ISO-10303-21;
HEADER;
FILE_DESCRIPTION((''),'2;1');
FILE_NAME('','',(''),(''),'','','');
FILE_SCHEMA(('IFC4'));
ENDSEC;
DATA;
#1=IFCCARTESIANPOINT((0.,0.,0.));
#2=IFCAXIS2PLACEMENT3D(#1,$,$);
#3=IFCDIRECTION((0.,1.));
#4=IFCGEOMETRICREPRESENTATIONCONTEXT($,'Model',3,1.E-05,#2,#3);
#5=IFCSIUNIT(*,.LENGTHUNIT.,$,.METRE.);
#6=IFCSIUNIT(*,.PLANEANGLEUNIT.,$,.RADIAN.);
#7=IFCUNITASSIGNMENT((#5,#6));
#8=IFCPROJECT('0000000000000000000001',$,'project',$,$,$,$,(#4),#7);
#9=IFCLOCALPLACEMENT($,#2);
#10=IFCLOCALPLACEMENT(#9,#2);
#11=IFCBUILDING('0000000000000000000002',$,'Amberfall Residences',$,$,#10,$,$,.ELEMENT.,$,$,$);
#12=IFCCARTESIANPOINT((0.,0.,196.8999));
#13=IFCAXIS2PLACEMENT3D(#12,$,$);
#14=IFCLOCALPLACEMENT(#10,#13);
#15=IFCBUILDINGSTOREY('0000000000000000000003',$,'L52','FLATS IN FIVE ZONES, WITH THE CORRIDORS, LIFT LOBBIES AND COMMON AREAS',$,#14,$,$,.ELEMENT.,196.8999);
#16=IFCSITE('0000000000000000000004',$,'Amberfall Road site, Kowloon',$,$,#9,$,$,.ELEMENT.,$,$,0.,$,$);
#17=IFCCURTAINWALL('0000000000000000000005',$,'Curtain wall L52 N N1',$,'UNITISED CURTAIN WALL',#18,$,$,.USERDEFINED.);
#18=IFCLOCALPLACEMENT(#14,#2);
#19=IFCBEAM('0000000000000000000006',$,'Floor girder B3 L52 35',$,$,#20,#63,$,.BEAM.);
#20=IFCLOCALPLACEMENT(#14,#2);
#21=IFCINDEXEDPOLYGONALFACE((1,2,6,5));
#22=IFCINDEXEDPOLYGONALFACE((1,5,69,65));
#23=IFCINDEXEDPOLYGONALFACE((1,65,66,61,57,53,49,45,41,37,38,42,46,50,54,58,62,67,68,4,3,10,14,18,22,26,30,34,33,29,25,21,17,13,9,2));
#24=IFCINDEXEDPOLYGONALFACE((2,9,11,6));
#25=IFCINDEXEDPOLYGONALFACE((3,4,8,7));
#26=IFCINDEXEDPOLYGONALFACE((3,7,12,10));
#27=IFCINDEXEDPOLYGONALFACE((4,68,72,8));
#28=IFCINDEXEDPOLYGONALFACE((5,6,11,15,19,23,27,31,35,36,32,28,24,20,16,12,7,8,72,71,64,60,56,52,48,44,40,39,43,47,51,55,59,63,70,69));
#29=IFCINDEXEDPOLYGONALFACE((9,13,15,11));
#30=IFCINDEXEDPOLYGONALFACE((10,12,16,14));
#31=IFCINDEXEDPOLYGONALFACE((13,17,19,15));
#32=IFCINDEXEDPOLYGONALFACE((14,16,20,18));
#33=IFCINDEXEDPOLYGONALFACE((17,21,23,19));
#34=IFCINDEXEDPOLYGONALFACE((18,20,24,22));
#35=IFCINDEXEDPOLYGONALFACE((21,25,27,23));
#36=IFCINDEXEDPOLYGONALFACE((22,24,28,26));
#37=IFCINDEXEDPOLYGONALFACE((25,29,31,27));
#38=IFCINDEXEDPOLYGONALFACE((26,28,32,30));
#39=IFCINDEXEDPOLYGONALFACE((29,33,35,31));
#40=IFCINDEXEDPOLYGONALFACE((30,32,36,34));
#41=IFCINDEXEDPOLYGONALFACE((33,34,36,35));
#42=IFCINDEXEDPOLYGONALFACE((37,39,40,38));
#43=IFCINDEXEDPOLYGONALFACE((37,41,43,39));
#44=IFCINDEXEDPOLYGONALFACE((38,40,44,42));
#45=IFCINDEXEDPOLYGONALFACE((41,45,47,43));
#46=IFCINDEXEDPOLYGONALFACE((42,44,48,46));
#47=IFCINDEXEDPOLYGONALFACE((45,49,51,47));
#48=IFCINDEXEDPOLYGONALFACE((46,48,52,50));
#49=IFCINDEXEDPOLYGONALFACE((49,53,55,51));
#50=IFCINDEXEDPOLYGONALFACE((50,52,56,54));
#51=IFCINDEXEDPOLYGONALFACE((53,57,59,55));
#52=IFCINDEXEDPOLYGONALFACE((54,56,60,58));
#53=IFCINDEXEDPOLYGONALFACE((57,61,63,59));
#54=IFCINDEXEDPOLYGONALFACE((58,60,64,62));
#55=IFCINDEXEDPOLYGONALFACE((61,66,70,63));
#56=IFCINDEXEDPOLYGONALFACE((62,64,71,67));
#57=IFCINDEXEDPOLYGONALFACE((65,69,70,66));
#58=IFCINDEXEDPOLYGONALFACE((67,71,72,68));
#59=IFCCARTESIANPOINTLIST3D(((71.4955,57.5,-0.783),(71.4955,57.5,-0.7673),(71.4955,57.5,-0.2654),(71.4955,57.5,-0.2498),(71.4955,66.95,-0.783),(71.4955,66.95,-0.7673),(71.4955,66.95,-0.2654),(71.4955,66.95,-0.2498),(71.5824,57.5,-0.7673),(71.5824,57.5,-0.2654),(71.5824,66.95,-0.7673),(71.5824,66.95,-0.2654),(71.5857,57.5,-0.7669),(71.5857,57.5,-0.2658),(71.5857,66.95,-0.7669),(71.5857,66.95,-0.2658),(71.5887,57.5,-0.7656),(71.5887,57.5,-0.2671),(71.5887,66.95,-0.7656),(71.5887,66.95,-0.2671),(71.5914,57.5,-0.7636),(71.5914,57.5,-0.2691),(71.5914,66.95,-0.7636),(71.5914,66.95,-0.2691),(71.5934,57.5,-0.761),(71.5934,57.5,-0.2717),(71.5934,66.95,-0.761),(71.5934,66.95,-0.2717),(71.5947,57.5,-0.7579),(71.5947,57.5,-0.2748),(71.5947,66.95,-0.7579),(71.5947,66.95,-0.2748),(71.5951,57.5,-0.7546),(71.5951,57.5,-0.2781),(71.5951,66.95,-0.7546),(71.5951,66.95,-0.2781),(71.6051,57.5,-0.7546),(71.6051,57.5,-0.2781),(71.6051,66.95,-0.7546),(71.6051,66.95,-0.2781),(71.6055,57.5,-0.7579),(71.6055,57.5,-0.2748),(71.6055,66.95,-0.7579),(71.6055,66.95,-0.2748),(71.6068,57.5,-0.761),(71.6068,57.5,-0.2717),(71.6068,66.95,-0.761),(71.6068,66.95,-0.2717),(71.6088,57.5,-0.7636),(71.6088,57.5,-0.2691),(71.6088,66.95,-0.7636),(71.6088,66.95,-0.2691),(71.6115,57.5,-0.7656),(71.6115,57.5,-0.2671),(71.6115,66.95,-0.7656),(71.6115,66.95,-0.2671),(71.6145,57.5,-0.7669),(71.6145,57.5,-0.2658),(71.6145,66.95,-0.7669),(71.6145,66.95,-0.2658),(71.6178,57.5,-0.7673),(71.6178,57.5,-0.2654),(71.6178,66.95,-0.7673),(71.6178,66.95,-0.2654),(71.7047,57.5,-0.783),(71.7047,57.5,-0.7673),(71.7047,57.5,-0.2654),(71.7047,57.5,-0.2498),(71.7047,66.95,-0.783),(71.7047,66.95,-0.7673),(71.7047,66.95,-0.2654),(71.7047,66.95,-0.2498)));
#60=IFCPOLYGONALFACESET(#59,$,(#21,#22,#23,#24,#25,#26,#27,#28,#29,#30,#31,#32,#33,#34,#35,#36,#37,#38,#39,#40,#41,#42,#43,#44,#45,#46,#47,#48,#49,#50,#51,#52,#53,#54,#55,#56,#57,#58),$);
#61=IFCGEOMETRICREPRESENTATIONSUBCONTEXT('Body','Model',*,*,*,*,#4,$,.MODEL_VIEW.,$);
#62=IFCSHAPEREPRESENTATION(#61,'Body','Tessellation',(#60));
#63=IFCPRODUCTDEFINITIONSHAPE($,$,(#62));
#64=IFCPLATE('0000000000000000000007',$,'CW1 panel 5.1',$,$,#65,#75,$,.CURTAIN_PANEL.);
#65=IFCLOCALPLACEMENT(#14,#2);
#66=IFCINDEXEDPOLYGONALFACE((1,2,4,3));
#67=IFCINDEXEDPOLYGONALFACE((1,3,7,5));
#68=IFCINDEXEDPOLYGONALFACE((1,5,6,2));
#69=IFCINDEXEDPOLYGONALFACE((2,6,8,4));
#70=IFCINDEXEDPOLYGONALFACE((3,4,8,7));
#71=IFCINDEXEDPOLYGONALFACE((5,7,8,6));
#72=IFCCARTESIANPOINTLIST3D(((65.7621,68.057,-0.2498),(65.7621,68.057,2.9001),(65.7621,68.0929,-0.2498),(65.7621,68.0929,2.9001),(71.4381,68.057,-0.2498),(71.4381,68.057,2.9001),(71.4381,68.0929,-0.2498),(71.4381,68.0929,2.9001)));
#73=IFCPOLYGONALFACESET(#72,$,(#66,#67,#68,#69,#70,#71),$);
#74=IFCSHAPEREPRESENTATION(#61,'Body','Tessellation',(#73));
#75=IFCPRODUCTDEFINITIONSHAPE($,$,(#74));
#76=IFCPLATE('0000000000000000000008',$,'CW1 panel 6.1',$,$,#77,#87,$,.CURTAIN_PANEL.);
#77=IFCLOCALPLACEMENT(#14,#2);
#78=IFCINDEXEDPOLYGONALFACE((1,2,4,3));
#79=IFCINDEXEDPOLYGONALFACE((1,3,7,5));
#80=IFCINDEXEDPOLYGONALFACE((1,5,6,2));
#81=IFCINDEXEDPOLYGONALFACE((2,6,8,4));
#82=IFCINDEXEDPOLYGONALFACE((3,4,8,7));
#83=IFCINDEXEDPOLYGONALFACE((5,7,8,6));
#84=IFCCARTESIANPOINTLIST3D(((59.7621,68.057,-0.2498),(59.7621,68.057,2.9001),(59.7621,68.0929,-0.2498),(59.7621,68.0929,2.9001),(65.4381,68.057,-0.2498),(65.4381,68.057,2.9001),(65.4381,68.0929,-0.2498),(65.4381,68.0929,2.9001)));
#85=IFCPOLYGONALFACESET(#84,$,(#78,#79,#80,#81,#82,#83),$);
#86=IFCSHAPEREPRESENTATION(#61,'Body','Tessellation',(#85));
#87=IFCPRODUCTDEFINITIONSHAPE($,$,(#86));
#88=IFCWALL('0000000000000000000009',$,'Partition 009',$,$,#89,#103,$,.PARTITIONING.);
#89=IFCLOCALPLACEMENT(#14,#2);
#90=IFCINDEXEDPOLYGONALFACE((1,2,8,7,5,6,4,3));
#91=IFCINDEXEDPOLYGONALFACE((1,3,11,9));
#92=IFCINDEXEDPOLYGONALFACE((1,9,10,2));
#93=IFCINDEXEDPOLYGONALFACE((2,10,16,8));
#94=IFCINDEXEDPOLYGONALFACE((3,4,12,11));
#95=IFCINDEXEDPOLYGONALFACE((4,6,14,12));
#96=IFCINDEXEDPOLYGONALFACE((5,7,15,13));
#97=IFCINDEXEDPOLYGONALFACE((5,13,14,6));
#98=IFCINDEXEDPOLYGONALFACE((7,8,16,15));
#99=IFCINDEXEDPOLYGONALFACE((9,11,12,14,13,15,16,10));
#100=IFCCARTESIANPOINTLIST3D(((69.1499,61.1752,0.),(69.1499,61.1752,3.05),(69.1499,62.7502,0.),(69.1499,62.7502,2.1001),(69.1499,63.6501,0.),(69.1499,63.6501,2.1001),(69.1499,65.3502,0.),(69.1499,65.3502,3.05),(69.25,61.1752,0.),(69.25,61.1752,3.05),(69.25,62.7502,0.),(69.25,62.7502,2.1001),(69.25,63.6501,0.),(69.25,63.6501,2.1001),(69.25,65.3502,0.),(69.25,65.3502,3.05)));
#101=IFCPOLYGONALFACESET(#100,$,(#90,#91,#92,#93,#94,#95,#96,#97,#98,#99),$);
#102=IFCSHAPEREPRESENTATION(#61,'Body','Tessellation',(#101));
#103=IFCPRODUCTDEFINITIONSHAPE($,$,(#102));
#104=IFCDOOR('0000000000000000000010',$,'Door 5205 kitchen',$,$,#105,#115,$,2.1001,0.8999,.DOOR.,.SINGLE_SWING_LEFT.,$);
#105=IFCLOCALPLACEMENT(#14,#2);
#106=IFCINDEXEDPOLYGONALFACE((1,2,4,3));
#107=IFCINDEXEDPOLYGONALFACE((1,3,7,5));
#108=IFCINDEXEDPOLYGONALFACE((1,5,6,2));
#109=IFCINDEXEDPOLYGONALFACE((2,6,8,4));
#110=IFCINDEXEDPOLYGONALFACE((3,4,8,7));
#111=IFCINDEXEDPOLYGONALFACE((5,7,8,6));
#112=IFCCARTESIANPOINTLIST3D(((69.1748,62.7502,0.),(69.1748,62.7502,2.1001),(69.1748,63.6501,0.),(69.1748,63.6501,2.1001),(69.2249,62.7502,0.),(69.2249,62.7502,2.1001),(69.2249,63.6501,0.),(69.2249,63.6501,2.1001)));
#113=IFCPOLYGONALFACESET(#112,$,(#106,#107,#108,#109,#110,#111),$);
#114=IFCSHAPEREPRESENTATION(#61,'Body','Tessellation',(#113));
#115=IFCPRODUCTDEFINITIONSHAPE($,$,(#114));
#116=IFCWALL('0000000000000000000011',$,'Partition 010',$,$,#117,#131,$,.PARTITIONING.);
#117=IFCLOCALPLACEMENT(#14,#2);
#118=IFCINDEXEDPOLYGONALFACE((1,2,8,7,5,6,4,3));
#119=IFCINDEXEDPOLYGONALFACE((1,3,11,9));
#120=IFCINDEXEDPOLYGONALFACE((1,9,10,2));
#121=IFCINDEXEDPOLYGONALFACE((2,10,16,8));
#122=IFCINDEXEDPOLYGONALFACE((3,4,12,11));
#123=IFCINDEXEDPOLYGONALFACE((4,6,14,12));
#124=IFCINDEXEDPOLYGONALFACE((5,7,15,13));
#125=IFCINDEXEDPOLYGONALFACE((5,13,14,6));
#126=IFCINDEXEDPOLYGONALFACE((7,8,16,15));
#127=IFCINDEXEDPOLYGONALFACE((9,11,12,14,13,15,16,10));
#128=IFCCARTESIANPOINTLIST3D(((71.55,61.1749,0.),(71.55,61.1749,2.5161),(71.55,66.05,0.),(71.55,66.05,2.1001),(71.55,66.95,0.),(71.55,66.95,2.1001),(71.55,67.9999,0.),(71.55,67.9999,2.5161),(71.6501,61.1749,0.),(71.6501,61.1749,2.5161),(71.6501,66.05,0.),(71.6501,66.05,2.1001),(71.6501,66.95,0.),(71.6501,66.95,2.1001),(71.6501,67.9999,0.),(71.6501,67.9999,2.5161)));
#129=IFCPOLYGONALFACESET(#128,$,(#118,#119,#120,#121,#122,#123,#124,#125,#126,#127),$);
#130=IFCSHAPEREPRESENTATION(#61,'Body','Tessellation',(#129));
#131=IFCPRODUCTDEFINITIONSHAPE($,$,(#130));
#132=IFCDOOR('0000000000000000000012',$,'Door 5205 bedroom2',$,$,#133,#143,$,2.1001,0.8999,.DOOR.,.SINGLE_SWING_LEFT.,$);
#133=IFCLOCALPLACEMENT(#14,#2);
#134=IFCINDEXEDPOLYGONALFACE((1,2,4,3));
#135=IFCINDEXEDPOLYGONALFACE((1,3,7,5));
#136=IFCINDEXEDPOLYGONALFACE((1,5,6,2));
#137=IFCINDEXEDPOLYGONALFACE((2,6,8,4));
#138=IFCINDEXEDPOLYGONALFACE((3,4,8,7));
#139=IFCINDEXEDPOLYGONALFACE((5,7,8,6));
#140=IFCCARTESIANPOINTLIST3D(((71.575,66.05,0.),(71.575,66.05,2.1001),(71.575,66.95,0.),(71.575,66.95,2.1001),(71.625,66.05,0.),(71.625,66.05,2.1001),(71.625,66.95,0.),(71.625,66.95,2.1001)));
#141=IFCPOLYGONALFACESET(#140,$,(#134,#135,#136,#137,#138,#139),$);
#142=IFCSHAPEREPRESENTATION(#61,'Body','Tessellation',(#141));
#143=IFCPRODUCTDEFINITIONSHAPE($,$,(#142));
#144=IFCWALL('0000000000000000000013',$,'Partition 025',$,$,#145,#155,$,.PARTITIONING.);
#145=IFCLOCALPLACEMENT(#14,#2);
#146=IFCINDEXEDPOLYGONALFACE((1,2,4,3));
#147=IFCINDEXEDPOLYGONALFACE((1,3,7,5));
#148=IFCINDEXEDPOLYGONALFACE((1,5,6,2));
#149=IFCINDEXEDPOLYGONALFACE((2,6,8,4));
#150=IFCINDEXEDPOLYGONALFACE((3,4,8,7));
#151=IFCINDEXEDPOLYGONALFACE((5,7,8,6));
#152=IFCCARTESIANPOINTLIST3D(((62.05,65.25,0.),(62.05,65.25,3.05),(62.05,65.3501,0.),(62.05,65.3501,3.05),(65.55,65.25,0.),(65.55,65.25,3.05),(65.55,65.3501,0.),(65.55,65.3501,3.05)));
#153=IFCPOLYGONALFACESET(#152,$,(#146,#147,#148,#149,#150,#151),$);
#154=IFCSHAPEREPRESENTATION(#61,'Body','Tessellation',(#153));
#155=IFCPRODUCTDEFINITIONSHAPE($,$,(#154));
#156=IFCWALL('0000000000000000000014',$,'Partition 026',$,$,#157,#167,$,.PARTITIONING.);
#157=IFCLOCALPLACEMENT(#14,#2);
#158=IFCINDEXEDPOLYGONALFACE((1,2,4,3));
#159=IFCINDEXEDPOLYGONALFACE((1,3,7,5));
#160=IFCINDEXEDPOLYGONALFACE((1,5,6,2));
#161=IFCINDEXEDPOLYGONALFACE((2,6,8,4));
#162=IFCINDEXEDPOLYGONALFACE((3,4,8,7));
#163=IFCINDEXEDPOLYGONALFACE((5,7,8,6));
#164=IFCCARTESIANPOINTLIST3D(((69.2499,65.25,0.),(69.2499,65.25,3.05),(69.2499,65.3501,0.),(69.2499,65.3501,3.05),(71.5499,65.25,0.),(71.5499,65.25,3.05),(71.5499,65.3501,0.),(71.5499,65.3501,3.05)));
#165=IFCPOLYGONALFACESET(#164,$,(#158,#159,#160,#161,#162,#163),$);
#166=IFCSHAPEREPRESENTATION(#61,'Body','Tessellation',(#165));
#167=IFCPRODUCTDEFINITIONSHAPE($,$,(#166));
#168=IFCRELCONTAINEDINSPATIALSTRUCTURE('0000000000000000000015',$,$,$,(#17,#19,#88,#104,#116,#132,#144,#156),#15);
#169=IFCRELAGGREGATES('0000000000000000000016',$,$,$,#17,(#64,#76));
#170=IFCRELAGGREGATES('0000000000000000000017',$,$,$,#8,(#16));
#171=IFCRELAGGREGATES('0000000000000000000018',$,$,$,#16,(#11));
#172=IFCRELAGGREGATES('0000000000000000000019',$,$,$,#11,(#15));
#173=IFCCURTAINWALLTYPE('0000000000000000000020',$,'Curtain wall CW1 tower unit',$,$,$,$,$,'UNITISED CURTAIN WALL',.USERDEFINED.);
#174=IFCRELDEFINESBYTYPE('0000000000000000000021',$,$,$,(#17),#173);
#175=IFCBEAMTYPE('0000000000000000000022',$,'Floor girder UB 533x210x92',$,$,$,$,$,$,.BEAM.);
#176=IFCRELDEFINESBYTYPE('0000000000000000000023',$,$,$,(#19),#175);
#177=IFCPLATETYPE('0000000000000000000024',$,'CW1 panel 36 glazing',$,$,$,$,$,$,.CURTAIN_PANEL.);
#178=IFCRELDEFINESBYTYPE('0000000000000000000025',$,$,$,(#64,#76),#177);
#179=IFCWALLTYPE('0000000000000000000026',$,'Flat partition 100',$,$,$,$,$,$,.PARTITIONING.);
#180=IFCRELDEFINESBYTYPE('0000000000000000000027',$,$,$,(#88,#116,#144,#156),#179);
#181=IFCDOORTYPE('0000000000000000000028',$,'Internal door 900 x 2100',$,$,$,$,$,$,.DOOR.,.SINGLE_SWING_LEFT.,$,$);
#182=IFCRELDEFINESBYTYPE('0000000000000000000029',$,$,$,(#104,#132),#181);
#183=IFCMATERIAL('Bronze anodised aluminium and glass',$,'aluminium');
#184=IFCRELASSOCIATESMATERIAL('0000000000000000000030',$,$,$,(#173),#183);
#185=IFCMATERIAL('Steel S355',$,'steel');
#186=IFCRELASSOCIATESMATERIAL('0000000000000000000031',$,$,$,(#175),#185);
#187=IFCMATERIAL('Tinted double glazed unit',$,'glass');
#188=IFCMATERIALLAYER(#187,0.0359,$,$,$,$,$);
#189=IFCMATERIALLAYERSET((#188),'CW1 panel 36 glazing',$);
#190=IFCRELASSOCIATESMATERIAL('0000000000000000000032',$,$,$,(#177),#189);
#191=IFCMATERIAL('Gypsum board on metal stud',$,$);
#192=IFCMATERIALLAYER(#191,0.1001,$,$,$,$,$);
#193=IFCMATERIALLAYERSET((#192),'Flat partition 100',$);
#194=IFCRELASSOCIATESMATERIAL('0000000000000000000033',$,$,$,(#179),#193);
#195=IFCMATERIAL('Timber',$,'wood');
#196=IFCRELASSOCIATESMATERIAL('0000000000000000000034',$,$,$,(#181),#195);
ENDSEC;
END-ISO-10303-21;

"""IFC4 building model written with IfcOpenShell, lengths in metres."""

from ifc_helpers import new_model, si_unit, direction, frame, frame_2d, origin, origin_2d, place, context, subcontext, project, spatial, rectangle, i_section, extrude, material, layer, layer_set, material_profile, profile_set, type_object, element, fill, aggregate, save


model = new_model("IFC4")

# Units and contexts
model_context = context("Model", 3, precision=1e-05, world=origin(), true_north=direction((0.0, 1.0)))
body_context = subcontext(model_context, "Body", "Model", "MODEL_VIEW")
ifc_project = project(units=[si_unit("LENGTHUNIT", "METRE"), si_unit("PLANEANGLEUNIT", "RADIAN")], contexts=[model_context])

# Site, building, storey
site_placement = place(None, origin())
site = spatial("IfcSite", under=ifc_project, at=site_placement, Name="Amberfall Road site, Kowloon", CompositionType="ELEMENT", RefElevation=0.0)
building_placement = place(site_placement, origin())
building = spatial("IfcBuilding", under=site, at=building_placement, Name="Amberfall Residences", CompositionType="ELEMENT")
storey_placement = place(building_placement, frame((0.0, 0.0, 196.8999)))
storey = spatial("IfcBuildingStorey", under=building, at=storey_placement, Name="L52", Description="FLATS IN FIVE ZONES, WITH THE CORRIDORS, LIFT LOBBIES AND COMMON AREAS", CompositionType="ELEMENT", Elevation=196.8999)

# Curtain wall
ifc_material_1 = material(Name="Bronze anodised aluminium and glass", Category="aluminium")
curtain_wall_type = type_object("IfcCurtainWallType", Name="Curtain wall CW1 tower unit", ElementType="UNITISED CURTAIN WALL", PredefinedType="USERDEFINED", material=ifc_material_1)
curtain_wall_placement = place(storey_placement, origin())
curtain_wall = element("IfcCurtainWall", 1, at=curtain_wall_placement, inside=storey, type_object=curtain_wall_type, Name="Curtain wall L52 N N1", ObjectType="UNITISED CURTAIN WALL", PredefinedType="USERDEFINED")

# Shared definitions
ifc_material_2 = material(Name="Steel S355", Category="steel")

# Beam
ifc_material_profile_1 = material_profile(ifc_material_2, i_section(OverallWidth=0.2092, OverallDepth=0.5332, WebThickness=0.01, FlangeThickness=0.0156, FilletRadius=0.0127, at=origin_2d()), Name="UB 533x210x92")
ifc_profile_set_1 = profile_set([ifc_material_profile_1], Name="Steel S355")
beam_type_1 = type_object("IfcBeamType", Name="Floor girder UB 533x210x92", PredefinedType="BEAM", material=ifc_profile_set_1)
for number, where, z_axis, x_axis, name in (
    (2, (71.6001, 66.95, -0.5164), (0.0, -1.0, 0.0), (1.0, 0.0, 0.0), "Floor girder B3 L52 35"),
):
    element("IfcBeam", number, at=place(storey_placement, frame(where, z_axis=z_axis, x_axis=x_axis)), inside=storey, type_object=beam_type_1, Name=name, PredefinedType="BEAM", context=body_context, shape_type="SweptSolid", body=[
        extrude(i_section(OverallWidth=0.2092, OverallDepth=0.5332, WebThickness=0.01, FlangeThickness=0.0156, FilletRadius=0.0127, at=origin_2d()), origin(), (0.0, 0.0, 1.0), 9.45),
    ])

# Plates
ifc_material_3 = material(Name="Tinted double glazed unit", Category="glass")
ifc_layer_1 = layer(ifc_material_3, 0.0359)
ifc_layer_set_1 = layer_set([ifc_layer_1], Name="CW1 panel 36 glazing")
plate_type = type_object("IfcPlateType", Name="CW1 panel 36 glazing", PredefinedType="CURTAIN_PANEL", material=ifc_layer_set_1)
plate_1_placement = place(storey_placement, frame((68.6001, 68.075, -0.2498), z_axis=(0.0, 0.0, 1.0), x_axis=(-1.0, 0.0, 0.0)))
plate_1 = element("IfcPlate", 3, at=plate_1_placement, type_object=plate_type, Name="CW1 panel 5.1", PredefinedType="CURTAIN_PANEL", context=body_context, shape_type="SweptSolid", body=[
    extrude(rectangle(XDim=5.676, YDim=0.0359, at=origin_2d()), origin(), (0.0, 0.0, 1.0), 3.1499),
])
plate_2_placement = place(storey_placement, frame((62.6001, 68.075, -0.2498), z_axis=(0.0, 0.0, 1.0), x_axis=(-1.0, 0.0, 0.0)))
plate_2 = element("IfcPlate", 4, at=plate_2_placement, type_object=plate_type, Name="CW1 panel 6.1", PredefinedType="CURTAIN_PANEL", context=body_context, shape_type="SweptSolid", body=[
    extrude(rectangle(XDim=5.676, YDim=0.0359, at=origin_2d()), origin(), (0.0, 0.0, 1.0), 3.1499),
])
aggregate(curtain_wall, [plate_1, plate_2])

# Walls, openings, doors
ifc_material_4 = material(Name="Gypsum board on metal stud")
ifc_layer_2 = layer(ifc_material_4, 0.1001)
ifc_layer_set_2 = layer_set([ifc_layer_2], Name="Flat partition 100")
wall_type = type_object("IfcWallType", Name="Flat partition 100", PredefinedType="PARTITIONING", material=ifc_layer_set_2)
wall_1_placement = place(storey_placement, frame((69.2, 65.3501, 0.0), z_axis=(0.0, 0.0, 1.0), x_axis=(0.0, -1.0, 0.0)))
wall_1 = element("IfcWall", 5, at=wall_1_placement, inside=storey, type_object=wall_type, Name="Partition 009", PredefinedType="PARTITIONING", context=body_context, shape_type="SweptSolid", body=[
    extrude(rectangle(XDim=4.175, YDim=0.1001, at=frame_2d((2.0874, 0.0))), origin(), (0.0, 0.0, 1.0), 3.05),
])
opening_1_placement = place(wall_1_placement, frame((1.7, 0.0, 0.0)))
opening_1 = element("IfcOpeningElement", 6, at=opening_1_placement, cuts=wall_1, PredefinedType="OPENING", context=body_context, shape_type="SweptSolid", body=[
    extrude(rectangle(XDim=0.8999, YDim=2.1001, at=frame_2d((0.45, 1.05))), frame((0.0, 0.0601, 0.0), z_axis=(0.0, -1.0, 0.0), x_axis=(1.0, 0.0, 0.0)), (0.0, 0.0, 1.0), 0.1201),
])
ifc_material_5 = material(Name="Timber", Category="wood")
door_type = type_object("IfcDoorType", Name="Internal door 900 x 2100", OperationType="SINGLE_SWING_LEFT", PredefinedType="DOOR", material=ifc_material_5)
door_1_placement = place(opening_1_placement, origin())
door_1 = element("IfcDoor", 7, at=door_1_placement, inside=storey, type_object=door_type, Name="Door 5205 kitchen", OperationType="SINGLE_SWING_LEFT", OverallHeight=2.1001, OverallWidth=0.8999, PredefinedType="DOOR", context=body_context, shape_type="SweptSolid", body=[
    extrude(rectangle(XDim=0.8999, YDim=2.1001, at=frame_2d((0.45, 1.05))), frame((0.0, 0.0249, 0.0), z_axis=(0.0, -1.0, 0.0), x_axis=(1.0, 0.0, 0.0)), (0.0, 0.0, 1.0), 0.05),
])
fill(opening_1, door_1)
wall_2_placement = place(storey_placement, frame((71.6001, 68.0, 0.0), z_axis=(0.0, 0.0, 1.0), x_axis=(0.0, -1.0, 0.0)))
wall_2 = element("IfcWall", 8, at=wall_2_placement, inside=storey, type_object=wall_type, Name="Partition 010", PredefinedType="PARTITIONING", context=body_context, shape_type="SweptSolid", body=[
    extrude(rectangle(XDim=6.825, YDim=0.1001, at=frame_2d((3.4126, 0.0))), origin(), (0.0, 0.0, 1.0), 2.5161),
])
opening_2_placement = place(wall_2_placement, frame((1.05, 0.0, 0.0)))
opening_2 = element("IfcOpeningElement", 9, at=opening_2_placement, cuts=wall_2, PredefinedType="OPENING", context=body_context, shape_type="SweptSolid", body=[
    extrude(rectangle(XDim=0.8999, YDim=2.1001, at=frame_2d((0.45, 1.05))), frame((0.0, 0.0601, 0.0), z_axis=(0.0, -1.0, 0.0), x_axis=(1.0, 0.0, 0.0)), (0.0, 0.0, 1.0), 0.1201),
])
door_2_placement = place(opening_2_placement, origin())
door_2 = element("IfcDoor", 10, at=door_2_placement, inside=storey, type_object=door_type, Name="Door 5205 bedroom2", OperationType="SINGLE_SWING_LEFT", OverallHeight=2.1001, OverallWidth=0.8999, PredefinedType="DOOR", context=body_context, shape_type="SweptSolid", body=[
    extrude(rectangle(XDim=0.8999, YDim=2.1001, at=frame_2d((0.45, 1.05))), frame((0.0, 0.0249, 0.0), z_axis=(0.0, -1.0, 0.0), x_axis=(1.0, 0.0, 0.0)), (0.0, 0.0, 1.0), 0.05),
])
fill(opening_2, door_2)

# Walls
wall_3_placement = place(storey_placement, frame((62.05, 65.3, 0.0), z_axis=(0.0, 0.0, 1.0), x_axis=(1.0, 0.0, 0.0)))
element("IfcWall", 11, at=wall_3_placement, inside=storey, type_object=wall_type, Name="Partition 025", PredefinedType="PARTITIONING", context=body_context, shape_type="SweptSolid", body=[
    extrude(rectangle(XDim=3.5, YDim=0.1001, at=frame_2d((1.75, 0.0))), origin(), (0.0, 0.0, 1.0), 3.05),
])
wall_4_placement = place(storey_placement, frame((69.25, 65.3, 0.0), z_axis=(0.0, 0.0, 1.0), x_axis=(1.0, 0.0, 0.0)))
element("IfcWall", 12, at=wall_4_placement, inside=storey, type_object=wall_type, Name="Partition 026", PredefinedType="PARTITIONING", context=body_context, shape_type="SweptSolid", body=[
    extrude(rectangle(XDim=2.3, YDim=0.1001, at=frame_2d((1.1499, 0.0))), origin(), (0.0, 0.0, 1.0), 3.05),
])

save(model, "model.ifc")
